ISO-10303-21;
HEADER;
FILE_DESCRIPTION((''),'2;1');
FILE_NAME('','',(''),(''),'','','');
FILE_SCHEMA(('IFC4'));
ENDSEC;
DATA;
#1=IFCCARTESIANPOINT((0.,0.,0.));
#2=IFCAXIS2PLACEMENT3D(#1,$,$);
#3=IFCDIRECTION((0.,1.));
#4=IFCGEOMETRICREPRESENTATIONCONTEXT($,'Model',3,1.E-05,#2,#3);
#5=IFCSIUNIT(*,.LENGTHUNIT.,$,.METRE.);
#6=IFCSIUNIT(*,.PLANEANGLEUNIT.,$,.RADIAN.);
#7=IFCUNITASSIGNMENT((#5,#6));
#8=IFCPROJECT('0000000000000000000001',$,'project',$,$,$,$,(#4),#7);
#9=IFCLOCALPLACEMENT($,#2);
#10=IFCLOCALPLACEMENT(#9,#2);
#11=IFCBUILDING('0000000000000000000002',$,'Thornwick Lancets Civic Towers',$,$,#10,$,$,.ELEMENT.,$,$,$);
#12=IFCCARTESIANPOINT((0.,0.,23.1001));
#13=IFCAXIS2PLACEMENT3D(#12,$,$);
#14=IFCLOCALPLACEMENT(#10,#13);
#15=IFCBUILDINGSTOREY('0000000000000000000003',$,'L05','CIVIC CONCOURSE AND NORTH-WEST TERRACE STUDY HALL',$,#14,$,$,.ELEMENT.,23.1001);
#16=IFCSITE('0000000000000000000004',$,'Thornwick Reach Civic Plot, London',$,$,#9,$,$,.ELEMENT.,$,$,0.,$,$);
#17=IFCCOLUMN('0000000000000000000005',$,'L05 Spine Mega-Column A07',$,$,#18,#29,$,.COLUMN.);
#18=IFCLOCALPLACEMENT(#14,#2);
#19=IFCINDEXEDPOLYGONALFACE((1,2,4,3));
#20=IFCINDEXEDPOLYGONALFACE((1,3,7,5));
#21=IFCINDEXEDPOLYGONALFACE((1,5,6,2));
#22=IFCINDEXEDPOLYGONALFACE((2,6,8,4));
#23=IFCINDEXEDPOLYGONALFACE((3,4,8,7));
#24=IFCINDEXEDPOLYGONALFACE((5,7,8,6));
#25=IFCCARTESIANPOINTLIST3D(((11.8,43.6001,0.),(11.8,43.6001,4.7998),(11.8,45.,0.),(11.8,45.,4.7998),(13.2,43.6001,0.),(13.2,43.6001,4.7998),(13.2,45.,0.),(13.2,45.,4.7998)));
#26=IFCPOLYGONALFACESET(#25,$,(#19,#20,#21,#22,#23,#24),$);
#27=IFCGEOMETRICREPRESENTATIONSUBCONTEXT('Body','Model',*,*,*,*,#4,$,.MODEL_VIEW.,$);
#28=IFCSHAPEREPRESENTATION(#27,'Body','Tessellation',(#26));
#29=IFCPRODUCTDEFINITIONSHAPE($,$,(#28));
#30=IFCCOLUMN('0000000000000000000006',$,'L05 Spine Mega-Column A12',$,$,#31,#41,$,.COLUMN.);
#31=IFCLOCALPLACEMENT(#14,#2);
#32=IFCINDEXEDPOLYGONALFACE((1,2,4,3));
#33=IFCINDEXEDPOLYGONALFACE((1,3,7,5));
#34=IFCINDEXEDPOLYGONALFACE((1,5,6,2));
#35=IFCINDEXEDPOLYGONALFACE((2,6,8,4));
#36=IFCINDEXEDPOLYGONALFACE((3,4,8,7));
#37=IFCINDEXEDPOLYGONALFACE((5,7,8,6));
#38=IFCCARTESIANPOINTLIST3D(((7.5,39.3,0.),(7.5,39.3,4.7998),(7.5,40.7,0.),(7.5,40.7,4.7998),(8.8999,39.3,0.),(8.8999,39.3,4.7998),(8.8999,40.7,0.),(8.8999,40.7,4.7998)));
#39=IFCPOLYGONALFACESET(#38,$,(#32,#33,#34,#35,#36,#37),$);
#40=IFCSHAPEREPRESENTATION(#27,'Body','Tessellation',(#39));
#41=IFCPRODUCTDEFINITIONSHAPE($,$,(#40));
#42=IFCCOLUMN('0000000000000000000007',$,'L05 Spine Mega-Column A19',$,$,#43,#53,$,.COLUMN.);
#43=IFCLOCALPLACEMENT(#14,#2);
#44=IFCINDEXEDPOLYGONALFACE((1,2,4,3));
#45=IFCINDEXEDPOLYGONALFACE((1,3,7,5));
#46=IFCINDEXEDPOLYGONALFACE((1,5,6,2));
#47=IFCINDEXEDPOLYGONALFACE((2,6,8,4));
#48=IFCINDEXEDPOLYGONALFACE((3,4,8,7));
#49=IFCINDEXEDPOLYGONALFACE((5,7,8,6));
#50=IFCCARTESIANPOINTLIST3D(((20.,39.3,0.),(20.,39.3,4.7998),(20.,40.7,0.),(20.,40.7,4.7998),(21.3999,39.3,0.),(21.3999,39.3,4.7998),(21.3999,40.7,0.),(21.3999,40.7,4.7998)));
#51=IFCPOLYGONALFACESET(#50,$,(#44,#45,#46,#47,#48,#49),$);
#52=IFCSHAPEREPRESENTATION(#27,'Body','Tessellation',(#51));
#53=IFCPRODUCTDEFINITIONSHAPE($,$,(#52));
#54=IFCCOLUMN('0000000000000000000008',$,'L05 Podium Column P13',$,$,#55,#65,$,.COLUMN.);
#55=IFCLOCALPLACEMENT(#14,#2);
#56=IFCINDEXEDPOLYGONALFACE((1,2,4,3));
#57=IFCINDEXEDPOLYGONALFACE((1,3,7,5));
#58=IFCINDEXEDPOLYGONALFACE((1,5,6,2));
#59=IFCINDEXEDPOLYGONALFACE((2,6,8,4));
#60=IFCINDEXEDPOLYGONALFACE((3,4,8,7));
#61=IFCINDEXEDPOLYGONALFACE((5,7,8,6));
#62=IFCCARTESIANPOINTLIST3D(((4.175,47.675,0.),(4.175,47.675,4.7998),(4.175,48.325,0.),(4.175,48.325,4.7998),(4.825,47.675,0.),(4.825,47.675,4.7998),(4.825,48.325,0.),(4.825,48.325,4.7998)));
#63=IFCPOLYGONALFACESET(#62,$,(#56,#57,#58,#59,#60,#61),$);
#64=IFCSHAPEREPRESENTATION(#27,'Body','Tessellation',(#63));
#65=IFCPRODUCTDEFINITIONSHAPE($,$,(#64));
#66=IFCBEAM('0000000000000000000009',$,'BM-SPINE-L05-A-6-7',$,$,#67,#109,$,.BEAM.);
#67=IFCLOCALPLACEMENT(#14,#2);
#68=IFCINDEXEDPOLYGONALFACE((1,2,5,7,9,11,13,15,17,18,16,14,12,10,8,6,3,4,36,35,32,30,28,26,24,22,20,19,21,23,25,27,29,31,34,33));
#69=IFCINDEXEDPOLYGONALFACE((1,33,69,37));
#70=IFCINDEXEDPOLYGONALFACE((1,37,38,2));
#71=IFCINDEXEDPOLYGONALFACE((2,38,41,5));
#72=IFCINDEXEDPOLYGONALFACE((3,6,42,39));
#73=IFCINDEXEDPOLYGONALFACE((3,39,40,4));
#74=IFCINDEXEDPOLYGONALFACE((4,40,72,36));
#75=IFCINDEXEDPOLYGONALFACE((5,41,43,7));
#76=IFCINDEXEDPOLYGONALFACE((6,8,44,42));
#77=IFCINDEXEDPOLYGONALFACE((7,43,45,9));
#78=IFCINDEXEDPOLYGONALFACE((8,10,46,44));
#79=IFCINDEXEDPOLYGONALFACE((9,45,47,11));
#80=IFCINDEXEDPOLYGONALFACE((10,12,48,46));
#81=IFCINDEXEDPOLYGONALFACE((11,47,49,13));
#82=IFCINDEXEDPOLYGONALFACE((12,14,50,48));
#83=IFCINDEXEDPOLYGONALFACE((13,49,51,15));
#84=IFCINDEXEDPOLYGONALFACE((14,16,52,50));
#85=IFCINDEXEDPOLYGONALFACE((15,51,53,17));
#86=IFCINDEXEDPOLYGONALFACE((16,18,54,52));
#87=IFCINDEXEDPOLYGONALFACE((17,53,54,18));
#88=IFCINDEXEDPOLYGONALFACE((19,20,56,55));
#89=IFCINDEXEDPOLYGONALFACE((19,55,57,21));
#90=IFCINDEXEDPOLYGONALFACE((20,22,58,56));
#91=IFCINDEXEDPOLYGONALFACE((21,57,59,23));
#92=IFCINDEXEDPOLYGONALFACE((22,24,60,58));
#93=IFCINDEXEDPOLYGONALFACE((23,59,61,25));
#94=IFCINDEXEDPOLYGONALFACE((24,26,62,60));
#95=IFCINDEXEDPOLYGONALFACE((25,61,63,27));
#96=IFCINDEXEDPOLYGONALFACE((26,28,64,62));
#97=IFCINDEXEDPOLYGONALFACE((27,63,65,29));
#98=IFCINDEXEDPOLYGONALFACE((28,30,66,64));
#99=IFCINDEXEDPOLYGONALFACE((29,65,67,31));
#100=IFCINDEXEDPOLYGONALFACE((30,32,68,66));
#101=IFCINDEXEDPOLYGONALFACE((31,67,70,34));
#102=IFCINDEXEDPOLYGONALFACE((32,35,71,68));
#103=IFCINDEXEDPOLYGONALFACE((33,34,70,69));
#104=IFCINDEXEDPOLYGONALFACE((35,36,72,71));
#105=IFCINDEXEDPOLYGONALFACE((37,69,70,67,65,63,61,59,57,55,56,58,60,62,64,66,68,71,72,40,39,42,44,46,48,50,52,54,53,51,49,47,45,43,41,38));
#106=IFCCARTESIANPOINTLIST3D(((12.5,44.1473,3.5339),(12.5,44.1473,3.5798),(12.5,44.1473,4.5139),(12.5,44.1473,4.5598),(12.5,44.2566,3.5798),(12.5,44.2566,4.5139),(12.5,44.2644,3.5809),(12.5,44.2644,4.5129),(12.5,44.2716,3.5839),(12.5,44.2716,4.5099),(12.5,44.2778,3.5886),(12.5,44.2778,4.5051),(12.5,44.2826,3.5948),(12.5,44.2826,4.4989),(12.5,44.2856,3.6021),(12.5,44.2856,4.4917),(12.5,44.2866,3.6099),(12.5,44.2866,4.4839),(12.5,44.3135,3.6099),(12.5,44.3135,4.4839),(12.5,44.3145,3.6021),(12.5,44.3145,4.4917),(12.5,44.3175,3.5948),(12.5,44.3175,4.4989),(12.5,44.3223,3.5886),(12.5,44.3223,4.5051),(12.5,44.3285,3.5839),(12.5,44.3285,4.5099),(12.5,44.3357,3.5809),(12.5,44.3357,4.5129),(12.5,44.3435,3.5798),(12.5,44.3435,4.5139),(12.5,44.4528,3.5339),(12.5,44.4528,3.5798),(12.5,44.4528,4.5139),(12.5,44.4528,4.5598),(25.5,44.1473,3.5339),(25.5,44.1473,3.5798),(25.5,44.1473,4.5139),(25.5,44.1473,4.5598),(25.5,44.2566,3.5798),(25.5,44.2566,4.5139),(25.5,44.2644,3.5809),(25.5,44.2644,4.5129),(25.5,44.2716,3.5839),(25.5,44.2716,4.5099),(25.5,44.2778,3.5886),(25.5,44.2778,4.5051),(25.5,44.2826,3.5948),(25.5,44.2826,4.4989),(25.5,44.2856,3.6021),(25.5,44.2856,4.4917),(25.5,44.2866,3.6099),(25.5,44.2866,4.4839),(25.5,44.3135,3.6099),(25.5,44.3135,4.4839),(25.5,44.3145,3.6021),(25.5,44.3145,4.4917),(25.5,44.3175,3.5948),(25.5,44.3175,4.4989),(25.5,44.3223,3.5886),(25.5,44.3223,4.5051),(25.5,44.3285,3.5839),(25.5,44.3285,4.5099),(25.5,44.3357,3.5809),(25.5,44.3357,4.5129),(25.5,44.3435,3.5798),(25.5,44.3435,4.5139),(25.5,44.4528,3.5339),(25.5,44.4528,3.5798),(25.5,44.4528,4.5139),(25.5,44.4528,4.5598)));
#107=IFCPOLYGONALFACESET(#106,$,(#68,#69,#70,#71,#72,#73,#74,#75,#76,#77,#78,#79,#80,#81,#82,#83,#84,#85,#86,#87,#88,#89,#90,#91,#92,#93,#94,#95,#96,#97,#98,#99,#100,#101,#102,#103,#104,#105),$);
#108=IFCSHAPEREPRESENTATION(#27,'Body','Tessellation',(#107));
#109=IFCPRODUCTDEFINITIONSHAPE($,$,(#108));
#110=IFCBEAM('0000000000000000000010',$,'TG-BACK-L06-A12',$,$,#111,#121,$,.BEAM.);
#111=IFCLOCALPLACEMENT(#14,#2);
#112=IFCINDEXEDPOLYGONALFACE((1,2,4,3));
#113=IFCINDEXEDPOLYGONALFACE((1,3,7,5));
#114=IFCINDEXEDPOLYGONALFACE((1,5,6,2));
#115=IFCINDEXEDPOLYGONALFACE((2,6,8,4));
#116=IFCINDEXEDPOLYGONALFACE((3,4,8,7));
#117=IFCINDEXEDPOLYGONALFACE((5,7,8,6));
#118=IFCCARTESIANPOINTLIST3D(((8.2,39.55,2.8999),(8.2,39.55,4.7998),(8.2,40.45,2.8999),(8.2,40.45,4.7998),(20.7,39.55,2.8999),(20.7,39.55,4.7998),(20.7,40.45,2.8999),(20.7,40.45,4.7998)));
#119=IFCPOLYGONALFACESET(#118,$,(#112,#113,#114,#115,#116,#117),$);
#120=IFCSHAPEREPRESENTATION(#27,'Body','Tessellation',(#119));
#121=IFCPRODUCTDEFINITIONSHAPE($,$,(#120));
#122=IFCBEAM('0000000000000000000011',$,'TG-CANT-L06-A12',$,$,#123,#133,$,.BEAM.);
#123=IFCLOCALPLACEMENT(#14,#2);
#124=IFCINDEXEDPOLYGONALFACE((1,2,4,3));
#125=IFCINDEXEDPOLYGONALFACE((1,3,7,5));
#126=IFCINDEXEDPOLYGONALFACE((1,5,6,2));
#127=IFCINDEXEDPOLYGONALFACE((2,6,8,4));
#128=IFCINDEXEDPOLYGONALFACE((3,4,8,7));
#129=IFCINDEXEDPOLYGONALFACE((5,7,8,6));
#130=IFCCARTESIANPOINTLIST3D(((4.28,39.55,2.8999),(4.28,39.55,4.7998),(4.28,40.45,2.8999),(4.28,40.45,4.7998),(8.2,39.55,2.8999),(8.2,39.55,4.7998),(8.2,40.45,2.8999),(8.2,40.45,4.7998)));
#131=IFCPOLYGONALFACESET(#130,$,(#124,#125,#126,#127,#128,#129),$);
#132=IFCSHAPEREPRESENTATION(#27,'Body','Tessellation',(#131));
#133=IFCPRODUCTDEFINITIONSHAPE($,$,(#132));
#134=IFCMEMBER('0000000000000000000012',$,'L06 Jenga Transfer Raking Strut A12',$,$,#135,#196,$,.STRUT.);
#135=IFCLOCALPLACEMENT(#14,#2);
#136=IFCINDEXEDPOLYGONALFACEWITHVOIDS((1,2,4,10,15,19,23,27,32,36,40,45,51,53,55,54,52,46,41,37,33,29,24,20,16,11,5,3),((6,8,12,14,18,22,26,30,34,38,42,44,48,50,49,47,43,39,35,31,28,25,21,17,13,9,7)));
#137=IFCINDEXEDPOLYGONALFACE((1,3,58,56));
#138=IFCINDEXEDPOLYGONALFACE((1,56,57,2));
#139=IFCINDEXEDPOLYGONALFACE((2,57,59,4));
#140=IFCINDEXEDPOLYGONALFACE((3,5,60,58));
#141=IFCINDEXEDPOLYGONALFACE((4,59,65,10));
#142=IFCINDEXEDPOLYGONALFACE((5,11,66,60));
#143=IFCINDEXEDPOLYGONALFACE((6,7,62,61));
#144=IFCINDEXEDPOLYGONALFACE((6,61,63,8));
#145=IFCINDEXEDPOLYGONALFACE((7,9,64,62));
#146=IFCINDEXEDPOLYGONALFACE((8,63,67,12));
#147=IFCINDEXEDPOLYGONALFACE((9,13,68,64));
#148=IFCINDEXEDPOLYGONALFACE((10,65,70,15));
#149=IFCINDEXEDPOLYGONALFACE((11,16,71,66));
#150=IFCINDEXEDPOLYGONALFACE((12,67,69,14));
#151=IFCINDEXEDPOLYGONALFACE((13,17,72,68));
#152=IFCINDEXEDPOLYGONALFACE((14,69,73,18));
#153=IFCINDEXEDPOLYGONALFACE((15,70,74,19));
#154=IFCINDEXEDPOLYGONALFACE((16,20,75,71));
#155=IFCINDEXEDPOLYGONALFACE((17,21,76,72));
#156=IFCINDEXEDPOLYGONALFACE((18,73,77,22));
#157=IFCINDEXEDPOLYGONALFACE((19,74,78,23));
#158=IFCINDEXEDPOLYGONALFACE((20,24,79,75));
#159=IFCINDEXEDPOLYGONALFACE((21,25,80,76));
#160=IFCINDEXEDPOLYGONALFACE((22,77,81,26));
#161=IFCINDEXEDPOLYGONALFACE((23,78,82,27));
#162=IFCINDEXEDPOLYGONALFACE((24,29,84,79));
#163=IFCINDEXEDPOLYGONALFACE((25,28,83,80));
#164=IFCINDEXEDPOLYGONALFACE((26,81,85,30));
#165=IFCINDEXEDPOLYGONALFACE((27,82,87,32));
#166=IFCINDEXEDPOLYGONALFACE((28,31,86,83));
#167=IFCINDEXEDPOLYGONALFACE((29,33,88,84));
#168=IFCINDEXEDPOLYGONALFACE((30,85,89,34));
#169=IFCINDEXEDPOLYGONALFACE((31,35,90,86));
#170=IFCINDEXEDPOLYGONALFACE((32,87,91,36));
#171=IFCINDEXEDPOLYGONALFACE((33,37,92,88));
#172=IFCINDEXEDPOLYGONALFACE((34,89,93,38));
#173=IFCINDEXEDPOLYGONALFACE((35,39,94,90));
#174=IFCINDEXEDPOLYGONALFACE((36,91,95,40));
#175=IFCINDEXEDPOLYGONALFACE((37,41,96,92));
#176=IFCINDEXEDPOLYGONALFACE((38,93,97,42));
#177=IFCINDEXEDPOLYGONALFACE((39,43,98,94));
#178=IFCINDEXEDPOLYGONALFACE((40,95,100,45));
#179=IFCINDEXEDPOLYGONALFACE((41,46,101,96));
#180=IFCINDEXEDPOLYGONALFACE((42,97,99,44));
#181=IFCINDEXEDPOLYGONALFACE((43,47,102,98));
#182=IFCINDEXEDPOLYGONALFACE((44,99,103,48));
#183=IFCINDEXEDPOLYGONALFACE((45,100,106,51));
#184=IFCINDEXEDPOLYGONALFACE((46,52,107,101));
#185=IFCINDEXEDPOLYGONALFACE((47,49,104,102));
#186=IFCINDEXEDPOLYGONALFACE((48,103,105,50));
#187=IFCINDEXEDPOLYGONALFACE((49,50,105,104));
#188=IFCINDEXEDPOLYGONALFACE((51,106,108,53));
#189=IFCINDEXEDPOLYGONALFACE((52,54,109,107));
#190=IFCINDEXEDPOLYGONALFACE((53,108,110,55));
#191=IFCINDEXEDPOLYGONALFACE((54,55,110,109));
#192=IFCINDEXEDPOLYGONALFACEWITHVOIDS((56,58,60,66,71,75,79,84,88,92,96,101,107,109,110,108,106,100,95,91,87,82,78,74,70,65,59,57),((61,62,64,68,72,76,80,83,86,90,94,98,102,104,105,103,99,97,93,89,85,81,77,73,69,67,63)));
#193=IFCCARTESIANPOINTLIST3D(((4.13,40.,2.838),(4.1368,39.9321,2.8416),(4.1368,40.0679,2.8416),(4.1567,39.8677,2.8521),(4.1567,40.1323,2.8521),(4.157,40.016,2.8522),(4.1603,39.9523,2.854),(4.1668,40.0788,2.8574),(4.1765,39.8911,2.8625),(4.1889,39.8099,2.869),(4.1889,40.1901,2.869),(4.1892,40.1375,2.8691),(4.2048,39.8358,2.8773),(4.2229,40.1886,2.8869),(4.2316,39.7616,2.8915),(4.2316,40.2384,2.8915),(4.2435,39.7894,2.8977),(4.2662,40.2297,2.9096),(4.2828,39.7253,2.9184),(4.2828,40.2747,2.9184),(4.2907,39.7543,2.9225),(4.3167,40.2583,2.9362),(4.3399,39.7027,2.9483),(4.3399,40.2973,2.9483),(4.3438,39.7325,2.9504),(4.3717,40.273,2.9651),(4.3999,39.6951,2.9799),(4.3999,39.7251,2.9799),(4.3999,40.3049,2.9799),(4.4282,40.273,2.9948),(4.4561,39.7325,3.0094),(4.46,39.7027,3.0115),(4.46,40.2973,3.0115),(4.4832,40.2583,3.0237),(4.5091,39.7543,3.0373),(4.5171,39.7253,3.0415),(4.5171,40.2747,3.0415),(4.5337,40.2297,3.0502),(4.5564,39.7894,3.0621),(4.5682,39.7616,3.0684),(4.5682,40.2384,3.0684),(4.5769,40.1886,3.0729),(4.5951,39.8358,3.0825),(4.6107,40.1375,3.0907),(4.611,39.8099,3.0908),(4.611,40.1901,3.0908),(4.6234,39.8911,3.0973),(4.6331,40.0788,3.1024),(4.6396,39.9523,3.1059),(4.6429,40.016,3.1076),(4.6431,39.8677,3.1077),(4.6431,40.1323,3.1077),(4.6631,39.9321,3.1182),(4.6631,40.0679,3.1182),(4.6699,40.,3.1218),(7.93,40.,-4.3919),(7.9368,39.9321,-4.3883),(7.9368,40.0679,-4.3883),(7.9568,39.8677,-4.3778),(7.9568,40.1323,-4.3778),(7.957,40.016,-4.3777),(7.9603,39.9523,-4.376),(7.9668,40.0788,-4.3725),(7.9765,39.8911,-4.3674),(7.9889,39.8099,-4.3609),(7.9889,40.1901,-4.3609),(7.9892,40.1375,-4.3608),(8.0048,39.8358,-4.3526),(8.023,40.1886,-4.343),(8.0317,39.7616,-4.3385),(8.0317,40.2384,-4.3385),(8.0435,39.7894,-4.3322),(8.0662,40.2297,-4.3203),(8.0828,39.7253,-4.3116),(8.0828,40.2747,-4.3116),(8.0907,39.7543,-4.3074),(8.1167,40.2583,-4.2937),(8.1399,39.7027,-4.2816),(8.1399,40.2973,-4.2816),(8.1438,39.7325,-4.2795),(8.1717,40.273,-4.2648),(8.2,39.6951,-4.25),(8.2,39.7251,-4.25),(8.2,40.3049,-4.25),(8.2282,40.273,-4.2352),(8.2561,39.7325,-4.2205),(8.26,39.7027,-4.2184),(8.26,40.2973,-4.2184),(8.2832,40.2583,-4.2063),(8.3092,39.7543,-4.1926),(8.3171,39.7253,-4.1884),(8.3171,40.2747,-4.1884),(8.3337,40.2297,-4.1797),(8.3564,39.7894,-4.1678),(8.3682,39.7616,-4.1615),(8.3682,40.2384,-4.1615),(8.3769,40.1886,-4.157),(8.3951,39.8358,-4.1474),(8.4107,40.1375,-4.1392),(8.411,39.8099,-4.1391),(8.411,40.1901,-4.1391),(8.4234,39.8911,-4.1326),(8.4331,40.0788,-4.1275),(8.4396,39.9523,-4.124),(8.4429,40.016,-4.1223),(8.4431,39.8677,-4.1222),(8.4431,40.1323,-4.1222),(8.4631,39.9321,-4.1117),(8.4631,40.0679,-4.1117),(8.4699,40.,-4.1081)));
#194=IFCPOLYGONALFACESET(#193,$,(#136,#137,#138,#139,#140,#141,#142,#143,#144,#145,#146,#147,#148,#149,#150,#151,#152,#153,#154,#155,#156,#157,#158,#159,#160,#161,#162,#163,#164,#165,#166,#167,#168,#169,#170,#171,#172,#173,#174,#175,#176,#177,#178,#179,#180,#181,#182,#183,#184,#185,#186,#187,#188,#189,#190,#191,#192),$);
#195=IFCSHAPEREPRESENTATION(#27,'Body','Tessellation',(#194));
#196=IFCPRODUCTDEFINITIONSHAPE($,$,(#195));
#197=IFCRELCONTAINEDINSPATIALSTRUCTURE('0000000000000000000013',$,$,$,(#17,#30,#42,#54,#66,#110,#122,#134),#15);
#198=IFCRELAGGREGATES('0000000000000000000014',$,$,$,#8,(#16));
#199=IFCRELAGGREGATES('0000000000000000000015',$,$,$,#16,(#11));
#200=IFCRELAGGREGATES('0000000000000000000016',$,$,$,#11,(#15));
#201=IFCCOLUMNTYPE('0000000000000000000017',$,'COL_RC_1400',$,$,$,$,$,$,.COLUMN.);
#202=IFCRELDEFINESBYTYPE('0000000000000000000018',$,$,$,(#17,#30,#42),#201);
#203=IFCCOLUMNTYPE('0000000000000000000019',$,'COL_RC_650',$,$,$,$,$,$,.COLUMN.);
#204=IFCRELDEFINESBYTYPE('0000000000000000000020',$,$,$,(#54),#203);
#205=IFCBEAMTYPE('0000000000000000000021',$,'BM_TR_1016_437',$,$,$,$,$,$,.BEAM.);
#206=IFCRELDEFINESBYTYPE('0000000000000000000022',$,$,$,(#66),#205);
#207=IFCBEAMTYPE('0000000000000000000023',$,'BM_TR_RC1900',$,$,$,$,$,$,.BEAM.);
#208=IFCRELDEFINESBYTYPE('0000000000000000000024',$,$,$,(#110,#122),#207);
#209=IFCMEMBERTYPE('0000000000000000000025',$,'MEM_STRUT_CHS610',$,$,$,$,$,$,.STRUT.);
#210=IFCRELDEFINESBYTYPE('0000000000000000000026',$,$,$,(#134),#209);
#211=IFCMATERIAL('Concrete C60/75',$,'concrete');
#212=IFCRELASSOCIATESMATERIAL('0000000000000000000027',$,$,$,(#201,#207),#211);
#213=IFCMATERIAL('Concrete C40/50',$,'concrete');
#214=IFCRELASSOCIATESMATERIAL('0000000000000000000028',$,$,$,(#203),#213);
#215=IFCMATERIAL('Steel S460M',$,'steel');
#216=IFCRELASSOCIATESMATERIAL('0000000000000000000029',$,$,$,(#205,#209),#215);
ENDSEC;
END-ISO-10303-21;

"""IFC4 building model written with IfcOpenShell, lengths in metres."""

from ifc_helpers import new_model, si_unit, direction, frame, origin, origin_2d, place, context, subcontext, project, spatial, rectangle, hollow_circle, i_section, extrude, material, material_profile, profile_set, type_object, element, save


model = new_model("IFC4")

# Units and contexts
model_context = context("Model", 3, precision=1e-05, world=origin(), true_north=direction((0.0, 1.0)))
body_context = subcontext(model_context, "Body", "Model", "MODEL_VIEW")
ifc_project = project(units=[si_unit("LENGTHUNIT", "METRE"), si_unit("PLANEANGLEUNIT", "RADIAN")], contexts=[model_context])

# Site, building, storey
site_placement = place(None, origin())
site = spatial("IfcSite", under=ifc_project, at=site_placement, Name="Thornwick Reach Civic Plot, London", CompositionType="ELEMENT", RefElevation=0.0)
building_placement = place(site_placement, origin())
building = spatial("IfcBuilding", under=site, at=building_placement, Name="Thornwick Lancets Civic Towers", CompositionType="ELEMENT")
storey_placement = place(building_placement, frame((0.0, 0.0, 23.1001)))
storey = spatial("IfcBuildingStorey", under=building, at=storey_placement, Name="L05", Description="CIVIC CONCOURSE AND NORTH-WEST TERRACE STUDY HALL", CompositionType="ELEMENT", Elevation=23.1001)

# Columns
ifc_material_1 = material(Name="Concrete C60/75", Category="concrete")
ifc_material_profile_1 = material_profile(ifc_material_1, rectangle(XDim=1.3999, YDim=1.3999, at=origin_2d()), Name="RC 1400x1400")
ifc_profile_set_1 = profile_set([ifc_material_profile_1], Name="Concrete C60/75")
column_type_1 = type_object("IfcColumnType", Name="COL_RC_1400", PredefinedType="COLUMN", material=ifc_profile_set_1)
for number, where, z_axis, x_axis, name in (
    (1, (12.5, 44.3, 0.0), (0.0, 0.0, 1.0), (1.0, 0.0, 0.0), "L05 Spine Mega-Column A07"),
    (2, (8.2, 40.0, 0.0), (0.0, 0.0, 1.0), (1.0, 0.0, 0.0), "L05 Spine Mega-Column A12"),
    (3, (20.7, 40.0, 0.0), (0.0, 0.0, 1.0), (1.0, 0.0, 0.0), "L05 Spine Mega-Column A19"),
):
    element("IfcColumn", number, at=place(storey_placement, frame(where, z_axis=z_axis, x_axis=x_axis)), inside=storey, type_object=column_type_1, Name=name, PredefinedType="COLUMN", context=body_context, shape_type="SweptSolid", body=[
        extrude(rectangle(XDim=1.3999, YDim=1.3999, at=origin_2d()), origin(), (0.0, 0.0, 1.0), 4.7998),
    ])
ifc_material_2 = material(Name="Concrete C40/50", Category="concrete")
ifc_material_profile_2 = material_profile(ifc_material_2, rectangle(XDim=0.6499, YDim=0.6499, at=origin_2d()), Name="RC 650x650")
ifc_profile_set_2 = profile_set([ifc_material_profile_2], Name="Concrete C40/50")
column_type_2 = type_object("IfcColumnType", Name="COL_RC_650", PredefinedType="COLUMN", material=ifc_profile_set_2)
column_placement = place(storey_placement, frame((4.5, 48.0, 0.0), z_axis=(0.0, 0.0, 1.0), x_axis=(1.0, 0.0, 0.0)))
element("IfcColumn", 4, at=column_placement, inside=storey, type_object=column_type_2, Name="L05 Podium Column P13", PredefinedType="COLUMN", context=body_context, shape_type="SweptSolid", body=[
    extrude(rectangle(XDim=0.6499, YDim=0.6499, at=origin_2d()), origin(), (0.0, 0.0, 1.0), 4.7998),
])

# Beams
ifc_material_3 = material(Name="Steel S460M", Category="steel")
ifc_material_profile_3 = material_profile(ifc_material_3, i_section(OverallWidth=0.3054, OverallDepth=1.0259, WebThickness=0.0269, FlangeThickness=0.0459, FilletRadius=0.03, at=origin_2d()), Name="UKB 1016x305x437")
ifc_profile_set_3 = profile_set([ifc_material_profile_3], Name="Steel S460M")
beam_type_1 = type_object("IfcBeamType", Name="BM_TR_1016_437", PredefinedType="BEAM", material=ifc_profile_set_3)
beam_1_placement = place(storey_placement, frame((12.5, 44.3, 4.0469), z_axis=(1.0, 0.0, 0.0), x_axis=(0.0, 1.0, 0.0)))
element("IfcBeam", 5, at=beam_1_placement, inside=storey, type_object=beam_type_1, Name="BM-SPINE-L05-A-6-7", PredefinedType="BEAM", context=body_context, shape_type="SweptSolid", body=[
    extrude(i_section(OverallWidth=0.3054, OverallDepth=1.0259, WebThickness=0.0269, FlangeThickness=0.0459, FilletRadius=0.03, at=origin_2d()), origin(), (0.0, 0.0, 1.0), 13.0),
])
ifc_material_profile_4 = material_profile(ifc_material_1, rectangle(XDim=0.8999, YDim=1.8999, at=origin_2d()), Name="RC 900x1900")
ifc_profile_set_4 = profile_set([ifc_material_profile_4], Name="Concrete C60/75")
beam_type_2 = type_object("IfcBeamType", Name="BM_TR_RC1900", PredefinedType="BEAM", material=ifc_profile_set_4)
beam_2_placement = place(storey_placement, frame((20.7, 40.0, 3.8499), z_axis=(-1.0, 0.0, 0.0), x_axis=(0.0, -1.0, 0.0)))
element("IfcBeam", 6, at=beam_2_placement, inside=storey, type_object=beam_type_2, Name="TG-BACK-L06-A12", PredefinedType="BEAM", context=body_context, shape_type="SweptSolid", body=[
    extrude(rectangle(XDim=0.8999, YDim=1.8999, at=origin_2d()), origin(), (0.0, 0.0, 1.0), 12.5),
])
beam_3_placement = place(storey_placement, frame((8.2, 40.0, 3.8499), z_axis=(-1.0, 0.0, 0.0), x_axis=(0.0, -1.0, 0.0)))
element("IfcBeam", 7, at=beam_3_placement, inside=storey, type_object=beam_type_2, Name="TG-CANT-L06-A12", PredefinedType="BEAM", context=body_context, shape_type="SweptSolid", body=[
    extrude(rectangle(XDim=0.8999, YDim=1.8999, at=origin_2d()), origin(), (0.0, 0.0, 1.0), 3.9199),
])

# Member
ifc_material_profile_5 = material_profile(ifc_material_3, hollow_circle(Radius=0.3049, WallThickness=0.03, at=origin_2d()), Name="CHS 610x30")
ifc_profile_set_5 = profile_set([ifc_material_profile_5], Name="Steel S460M")
member_type = type_object("IfcMemberType", Name="MEM_STRUT_CHS610", PredefinedType="STRUT", material=ifc_profile_set_5)
member_placement = place(storey_placement, frame((8.2, 40.0, -4.25), z_axis=(-0.465247, 0.0, 0.885181), x_axis=(0.0, -1.0, 0.0)))
element("IfcMember", 8, at=member_placement, inside=storey, type_object=member_type, Name="L06 Jenga Transfer Raking Strut A12", PredefinedType="STRUT", context=body_context, shape_type="SweptSolid", body=[
    extrude(hollow_circle(Radius=0.3049, WallThickness=0.03, at=origin_2d()), origin(), (0.0, 0.0, 1.0), 8.1677),
])

save(model, "model.ifc")
